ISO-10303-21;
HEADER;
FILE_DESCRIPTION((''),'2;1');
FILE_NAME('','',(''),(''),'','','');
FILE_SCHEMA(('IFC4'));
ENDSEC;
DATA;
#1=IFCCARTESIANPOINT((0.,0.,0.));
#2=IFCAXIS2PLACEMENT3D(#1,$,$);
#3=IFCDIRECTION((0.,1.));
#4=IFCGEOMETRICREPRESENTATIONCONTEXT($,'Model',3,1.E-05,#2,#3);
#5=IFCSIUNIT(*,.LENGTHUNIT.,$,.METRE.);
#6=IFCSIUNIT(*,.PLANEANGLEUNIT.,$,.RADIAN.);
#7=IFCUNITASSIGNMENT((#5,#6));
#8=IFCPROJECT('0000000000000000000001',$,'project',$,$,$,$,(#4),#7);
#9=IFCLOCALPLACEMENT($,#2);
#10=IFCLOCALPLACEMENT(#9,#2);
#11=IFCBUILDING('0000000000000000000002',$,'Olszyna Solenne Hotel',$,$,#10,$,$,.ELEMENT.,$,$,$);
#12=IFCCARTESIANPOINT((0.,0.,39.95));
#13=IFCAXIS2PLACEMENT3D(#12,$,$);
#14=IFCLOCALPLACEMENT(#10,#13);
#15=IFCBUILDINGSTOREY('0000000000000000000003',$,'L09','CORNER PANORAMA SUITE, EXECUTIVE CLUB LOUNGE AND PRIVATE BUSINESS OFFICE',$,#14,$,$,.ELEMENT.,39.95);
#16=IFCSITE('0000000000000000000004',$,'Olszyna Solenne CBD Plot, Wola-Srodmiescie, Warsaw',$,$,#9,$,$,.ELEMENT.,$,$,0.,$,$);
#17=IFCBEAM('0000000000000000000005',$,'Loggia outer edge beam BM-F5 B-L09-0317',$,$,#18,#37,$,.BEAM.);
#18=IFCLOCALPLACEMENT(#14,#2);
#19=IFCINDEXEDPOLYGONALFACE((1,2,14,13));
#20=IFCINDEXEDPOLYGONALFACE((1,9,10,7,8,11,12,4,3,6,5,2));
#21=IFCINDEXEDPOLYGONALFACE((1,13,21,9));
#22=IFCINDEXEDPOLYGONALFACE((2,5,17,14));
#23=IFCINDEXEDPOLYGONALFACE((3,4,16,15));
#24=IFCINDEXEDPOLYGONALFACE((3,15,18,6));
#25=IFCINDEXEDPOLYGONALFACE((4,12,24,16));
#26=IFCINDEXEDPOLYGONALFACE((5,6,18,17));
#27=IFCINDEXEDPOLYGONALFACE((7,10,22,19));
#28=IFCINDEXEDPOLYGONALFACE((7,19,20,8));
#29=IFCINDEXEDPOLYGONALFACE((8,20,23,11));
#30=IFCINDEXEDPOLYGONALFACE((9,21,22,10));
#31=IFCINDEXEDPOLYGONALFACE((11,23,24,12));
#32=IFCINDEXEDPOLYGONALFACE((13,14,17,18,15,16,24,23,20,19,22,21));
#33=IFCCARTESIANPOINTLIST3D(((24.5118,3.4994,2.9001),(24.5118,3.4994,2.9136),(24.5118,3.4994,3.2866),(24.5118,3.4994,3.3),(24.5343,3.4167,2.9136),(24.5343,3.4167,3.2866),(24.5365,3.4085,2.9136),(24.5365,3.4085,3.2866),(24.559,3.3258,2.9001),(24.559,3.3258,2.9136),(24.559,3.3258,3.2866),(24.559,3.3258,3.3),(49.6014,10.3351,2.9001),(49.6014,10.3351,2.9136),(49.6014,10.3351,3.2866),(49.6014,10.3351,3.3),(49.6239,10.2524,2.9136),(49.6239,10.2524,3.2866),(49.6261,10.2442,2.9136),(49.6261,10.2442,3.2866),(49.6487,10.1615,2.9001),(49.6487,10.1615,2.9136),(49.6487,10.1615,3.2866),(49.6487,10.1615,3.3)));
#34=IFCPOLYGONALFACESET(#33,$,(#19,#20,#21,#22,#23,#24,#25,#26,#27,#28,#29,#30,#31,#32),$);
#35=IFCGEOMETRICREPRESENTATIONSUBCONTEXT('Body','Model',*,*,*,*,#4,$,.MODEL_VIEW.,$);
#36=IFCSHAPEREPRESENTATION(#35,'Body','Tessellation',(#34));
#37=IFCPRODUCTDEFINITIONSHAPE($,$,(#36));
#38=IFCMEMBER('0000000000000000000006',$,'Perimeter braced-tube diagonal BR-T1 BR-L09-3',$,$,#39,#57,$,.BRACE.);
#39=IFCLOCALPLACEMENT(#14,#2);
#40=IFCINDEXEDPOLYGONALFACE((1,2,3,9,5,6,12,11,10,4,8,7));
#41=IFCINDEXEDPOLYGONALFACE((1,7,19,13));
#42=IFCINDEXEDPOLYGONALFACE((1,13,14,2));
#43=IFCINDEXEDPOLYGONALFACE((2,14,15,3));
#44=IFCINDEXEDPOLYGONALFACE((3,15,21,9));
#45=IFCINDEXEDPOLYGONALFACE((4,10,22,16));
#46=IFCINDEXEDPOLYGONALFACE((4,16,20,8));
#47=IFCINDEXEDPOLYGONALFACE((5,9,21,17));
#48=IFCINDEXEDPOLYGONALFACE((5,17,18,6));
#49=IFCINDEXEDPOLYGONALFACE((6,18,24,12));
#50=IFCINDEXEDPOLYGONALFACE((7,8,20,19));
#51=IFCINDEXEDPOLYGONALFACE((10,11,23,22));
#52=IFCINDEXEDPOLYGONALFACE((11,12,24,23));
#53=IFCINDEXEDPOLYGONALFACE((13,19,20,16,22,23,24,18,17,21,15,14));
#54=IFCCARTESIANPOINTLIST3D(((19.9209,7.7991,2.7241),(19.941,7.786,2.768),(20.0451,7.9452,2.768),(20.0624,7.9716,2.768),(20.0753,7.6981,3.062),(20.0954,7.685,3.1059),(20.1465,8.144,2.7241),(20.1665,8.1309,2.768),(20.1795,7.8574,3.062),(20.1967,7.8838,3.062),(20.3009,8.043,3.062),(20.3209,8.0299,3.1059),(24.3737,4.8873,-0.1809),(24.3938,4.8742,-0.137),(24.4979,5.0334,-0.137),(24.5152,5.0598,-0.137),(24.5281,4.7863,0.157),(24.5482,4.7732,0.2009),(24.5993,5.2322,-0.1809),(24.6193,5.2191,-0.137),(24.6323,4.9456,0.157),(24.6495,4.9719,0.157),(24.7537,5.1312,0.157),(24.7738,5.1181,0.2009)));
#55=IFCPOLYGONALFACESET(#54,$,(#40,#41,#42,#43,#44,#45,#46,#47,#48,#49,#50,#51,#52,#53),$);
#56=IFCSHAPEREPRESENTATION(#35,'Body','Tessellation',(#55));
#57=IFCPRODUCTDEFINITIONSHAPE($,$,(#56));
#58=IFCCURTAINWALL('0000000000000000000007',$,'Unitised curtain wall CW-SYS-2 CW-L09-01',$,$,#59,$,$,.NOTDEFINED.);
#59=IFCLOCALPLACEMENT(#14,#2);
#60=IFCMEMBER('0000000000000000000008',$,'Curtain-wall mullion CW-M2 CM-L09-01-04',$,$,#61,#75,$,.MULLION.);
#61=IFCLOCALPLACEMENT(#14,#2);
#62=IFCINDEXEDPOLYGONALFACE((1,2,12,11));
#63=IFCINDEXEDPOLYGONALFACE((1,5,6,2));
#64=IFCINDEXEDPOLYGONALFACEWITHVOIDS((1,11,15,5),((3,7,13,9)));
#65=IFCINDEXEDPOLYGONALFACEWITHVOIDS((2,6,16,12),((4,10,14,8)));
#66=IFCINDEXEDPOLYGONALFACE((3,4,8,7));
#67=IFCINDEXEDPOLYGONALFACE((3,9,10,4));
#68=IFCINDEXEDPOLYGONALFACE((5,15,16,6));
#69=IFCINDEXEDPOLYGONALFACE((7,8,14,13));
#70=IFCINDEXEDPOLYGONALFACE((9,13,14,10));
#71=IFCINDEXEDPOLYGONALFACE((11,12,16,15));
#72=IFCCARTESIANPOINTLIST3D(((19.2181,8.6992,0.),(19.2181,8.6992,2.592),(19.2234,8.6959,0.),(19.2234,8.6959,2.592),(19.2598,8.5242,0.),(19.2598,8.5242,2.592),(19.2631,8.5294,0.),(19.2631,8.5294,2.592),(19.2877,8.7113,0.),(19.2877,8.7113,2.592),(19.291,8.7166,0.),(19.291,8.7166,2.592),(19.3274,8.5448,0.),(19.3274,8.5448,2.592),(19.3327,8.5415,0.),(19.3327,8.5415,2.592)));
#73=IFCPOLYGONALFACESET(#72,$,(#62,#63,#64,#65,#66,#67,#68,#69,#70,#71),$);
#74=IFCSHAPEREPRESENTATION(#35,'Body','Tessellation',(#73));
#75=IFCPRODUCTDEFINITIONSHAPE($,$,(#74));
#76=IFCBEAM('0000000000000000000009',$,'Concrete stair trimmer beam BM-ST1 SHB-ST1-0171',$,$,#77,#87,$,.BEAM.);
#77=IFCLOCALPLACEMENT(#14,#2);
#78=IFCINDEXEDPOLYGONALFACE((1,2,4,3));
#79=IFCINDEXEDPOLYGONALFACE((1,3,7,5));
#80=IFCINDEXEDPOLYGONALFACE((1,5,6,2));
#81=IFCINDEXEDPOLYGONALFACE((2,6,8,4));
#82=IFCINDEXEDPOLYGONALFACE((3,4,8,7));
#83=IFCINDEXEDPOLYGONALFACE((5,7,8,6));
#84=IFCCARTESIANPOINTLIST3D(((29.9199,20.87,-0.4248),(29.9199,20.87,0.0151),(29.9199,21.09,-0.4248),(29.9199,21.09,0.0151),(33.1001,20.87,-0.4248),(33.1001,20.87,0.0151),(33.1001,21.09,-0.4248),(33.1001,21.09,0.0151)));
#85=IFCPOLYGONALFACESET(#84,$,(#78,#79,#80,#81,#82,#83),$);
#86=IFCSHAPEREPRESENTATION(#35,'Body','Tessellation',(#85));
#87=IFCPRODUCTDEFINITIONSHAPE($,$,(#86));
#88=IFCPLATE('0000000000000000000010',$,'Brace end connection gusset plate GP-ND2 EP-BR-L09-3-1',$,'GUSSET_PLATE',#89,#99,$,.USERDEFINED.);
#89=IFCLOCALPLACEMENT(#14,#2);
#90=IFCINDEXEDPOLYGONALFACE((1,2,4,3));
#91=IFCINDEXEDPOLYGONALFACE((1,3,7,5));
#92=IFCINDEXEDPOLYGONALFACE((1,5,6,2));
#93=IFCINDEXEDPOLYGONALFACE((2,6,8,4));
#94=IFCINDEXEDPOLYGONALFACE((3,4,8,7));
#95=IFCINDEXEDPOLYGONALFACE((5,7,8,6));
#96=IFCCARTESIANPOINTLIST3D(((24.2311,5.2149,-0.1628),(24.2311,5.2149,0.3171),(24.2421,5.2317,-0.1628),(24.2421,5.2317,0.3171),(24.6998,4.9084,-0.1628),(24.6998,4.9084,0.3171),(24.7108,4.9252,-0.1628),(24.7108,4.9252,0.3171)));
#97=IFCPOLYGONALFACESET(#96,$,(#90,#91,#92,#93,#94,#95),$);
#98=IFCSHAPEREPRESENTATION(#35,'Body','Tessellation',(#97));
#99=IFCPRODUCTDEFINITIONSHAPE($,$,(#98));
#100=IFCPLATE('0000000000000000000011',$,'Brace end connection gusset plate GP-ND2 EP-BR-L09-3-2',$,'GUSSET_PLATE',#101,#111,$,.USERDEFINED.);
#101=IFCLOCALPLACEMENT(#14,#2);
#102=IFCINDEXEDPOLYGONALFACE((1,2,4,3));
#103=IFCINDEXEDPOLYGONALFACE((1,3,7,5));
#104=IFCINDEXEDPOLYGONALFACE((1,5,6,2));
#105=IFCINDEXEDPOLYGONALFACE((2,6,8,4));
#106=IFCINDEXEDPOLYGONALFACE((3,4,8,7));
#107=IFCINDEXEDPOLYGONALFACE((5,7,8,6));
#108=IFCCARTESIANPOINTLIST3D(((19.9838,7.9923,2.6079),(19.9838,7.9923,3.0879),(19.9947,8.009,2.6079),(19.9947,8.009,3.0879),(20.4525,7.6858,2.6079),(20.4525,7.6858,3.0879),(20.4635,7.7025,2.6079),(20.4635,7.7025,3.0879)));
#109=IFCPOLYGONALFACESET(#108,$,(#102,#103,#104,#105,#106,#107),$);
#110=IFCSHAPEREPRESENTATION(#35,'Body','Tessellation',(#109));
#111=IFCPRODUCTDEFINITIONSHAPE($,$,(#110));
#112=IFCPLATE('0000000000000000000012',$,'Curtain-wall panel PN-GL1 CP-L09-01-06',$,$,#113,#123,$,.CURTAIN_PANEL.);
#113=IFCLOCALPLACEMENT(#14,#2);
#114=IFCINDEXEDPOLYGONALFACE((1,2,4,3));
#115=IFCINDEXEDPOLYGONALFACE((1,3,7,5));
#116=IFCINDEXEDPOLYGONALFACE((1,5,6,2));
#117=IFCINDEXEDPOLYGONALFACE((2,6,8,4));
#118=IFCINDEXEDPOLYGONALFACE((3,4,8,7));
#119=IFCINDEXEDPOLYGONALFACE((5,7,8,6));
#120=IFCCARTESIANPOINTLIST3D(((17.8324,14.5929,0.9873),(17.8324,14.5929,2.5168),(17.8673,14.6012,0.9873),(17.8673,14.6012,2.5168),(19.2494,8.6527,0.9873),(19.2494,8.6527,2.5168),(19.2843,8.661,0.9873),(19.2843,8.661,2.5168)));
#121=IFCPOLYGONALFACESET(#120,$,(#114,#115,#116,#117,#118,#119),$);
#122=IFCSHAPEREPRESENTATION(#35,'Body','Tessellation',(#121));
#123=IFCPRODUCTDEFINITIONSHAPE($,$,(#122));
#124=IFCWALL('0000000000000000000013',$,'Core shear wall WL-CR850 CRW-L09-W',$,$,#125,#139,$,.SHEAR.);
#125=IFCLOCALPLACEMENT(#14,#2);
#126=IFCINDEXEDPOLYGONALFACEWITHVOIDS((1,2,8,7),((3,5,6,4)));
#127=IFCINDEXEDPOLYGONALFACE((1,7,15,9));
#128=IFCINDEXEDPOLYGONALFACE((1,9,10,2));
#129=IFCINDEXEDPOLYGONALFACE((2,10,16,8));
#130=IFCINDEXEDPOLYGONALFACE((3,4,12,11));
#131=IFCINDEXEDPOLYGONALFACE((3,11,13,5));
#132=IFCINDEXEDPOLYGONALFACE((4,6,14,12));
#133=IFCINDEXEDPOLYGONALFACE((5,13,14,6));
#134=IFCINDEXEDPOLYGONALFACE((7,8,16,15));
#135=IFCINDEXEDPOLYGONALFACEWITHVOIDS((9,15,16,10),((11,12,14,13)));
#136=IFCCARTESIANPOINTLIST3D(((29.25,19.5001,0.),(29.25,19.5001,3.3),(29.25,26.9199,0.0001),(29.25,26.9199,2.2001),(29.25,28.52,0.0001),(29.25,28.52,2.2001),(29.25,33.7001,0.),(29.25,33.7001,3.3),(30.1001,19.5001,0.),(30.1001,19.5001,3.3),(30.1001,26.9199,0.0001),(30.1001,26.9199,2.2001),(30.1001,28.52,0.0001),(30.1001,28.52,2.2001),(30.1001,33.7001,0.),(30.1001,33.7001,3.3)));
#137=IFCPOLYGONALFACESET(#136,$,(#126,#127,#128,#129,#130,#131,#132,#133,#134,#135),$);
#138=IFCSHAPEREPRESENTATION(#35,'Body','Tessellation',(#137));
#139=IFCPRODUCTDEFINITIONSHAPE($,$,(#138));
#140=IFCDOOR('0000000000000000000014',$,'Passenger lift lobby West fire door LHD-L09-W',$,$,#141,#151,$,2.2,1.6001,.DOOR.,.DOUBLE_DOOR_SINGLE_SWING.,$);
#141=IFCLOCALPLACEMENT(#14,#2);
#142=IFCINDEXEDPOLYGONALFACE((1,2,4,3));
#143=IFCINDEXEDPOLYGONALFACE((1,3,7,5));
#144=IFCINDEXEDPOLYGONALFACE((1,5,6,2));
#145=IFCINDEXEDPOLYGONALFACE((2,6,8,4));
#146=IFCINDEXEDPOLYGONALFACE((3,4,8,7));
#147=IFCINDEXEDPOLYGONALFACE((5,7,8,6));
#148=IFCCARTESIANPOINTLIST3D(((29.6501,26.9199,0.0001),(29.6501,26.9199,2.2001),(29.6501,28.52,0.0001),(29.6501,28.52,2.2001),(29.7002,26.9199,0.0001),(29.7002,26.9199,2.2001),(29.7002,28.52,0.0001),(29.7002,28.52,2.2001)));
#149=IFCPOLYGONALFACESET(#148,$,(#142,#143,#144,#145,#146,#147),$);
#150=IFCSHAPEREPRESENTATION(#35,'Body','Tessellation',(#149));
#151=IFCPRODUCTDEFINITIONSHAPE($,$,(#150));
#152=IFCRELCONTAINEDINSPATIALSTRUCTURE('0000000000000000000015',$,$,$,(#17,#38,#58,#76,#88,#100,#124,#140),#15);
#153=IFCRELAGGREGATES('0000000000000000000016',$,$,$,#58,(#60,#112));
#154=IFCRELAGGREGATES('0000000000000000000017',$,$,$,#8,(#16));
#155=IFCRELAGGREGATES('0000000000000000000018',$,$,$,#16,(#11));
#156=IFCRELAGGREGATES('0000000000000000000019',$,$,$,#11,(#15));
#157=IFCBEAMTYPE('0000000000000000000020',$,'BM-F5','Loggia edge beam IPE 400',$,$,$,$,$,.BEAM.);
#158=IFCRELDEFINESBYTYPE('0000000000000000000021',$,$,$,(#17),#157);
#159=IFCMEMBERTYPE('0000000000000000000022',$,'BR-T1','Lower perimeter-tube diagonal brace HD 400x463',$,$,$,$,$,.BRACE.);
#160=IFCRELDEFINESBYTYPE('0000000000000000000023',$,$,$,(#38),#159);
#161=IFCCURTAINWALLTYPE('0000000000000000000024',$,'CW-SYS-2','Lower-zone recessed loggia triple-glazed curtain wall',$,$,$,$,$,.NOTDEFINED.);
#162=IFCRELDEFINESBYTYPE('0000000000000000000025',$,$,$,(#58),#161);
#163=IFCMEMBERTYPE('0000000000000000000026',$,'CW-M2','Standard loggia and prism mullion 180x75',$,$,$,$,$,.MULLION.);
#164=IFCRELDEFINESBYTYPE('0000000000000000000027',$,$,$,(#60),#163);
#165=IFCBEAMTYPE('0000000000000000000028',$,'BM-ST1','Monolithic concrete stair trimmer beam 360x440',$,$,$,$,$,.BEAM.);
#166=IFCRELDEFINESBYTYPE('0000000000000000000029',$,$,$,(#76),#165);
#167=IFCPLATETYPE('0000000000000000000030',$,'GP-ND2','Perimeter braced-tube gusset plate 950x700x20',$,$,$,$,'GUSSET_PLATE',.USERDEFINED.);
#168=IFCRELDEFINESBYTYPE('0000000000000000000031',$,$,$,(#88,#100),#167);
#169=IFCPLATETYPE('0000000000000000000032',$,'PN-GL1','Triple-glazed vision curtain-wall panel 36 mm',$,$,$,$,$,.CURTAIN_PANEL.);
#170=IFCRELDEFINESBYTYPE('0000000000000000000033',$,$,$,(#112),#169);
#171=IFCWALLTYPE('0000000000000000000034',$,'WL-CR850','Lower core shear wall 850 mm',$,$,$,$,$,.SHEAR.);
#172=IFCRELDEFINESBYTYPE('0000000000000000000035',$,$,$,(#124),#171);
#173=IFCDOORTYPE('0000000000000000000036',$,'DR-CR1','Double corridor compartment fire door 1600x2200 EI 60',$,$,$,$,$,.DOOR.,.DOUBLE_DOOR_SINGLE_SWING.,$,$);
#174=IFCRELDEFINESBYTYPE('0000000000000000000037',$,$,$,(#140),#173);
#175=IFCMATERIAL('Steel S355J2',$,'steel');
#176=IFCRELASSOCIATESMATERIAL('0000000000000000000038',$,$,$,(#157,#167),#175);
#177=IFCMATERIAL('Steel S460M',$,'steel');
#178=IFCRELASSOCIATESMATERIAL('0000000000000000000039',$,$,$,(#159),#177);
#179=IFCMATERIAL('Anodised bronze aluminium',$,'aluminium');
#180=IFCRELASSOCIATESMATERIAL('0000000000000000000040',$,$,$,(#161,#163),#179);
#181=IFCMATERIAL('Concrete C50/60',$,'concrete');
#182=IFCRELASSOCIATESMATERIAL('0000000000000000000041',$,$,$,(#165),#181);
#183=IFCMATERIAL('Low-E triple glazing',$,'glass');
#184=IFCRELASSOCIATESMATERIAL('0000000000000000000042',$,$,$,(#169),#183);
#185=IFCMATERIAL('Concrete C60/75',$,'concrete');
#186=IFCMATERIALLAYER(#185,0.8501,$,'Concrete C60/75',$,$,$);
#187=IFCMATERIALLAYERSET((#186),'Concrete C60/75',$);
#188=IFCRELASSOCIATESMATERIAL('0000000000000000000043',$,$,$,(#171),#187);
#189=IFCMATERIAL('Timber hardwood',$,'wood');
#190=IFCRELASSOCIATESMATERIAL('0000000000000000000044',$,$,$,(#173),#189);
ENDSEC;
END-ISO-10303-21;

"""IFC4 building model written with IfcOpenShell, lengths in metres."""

from ifc_helpers import new_model, si_unit, direction, frame, frame_2d, origin, origin_2d, place, context, subcontext, project, spatial, rectangle, hollow_rectangle, i_section, extrude, source, transform, mapped, material, layer, layer_set, material_profile, profile_set, type_object, type_shapes, element, fill, aggregate, save


model = new_model("IFC4")

# Units and contexts
model_context = context("Model", 3, precision=1e-05, world=origin(), true_north=direction((0.0, 1.0)))
body_context = subcontext(model_context, "Body", "Model", "MODEL_VIEW")
ifc_project = project(units=[si_unit("LENGTHUNIT", "METRE"), si_unit("PLANEANGLEUNIT", "RADIAN")], contexts=[model_context])

# Site, building, storey
site_placement = place(None, origin())
site = spatial("IfcSite", under=ifc_project, at=site_placement, Name="Olszyna Solenne CBD Plot, Wola-Srodmiescie, Warsaw", CompositionType="ELEMENT", RefElevation=0.0)
building_placement = place(site_placement, origin())
building = spatial("IfcBuilding", under=site, at=building_placement, Name="Olszyna Solenne Hotel", CompositionType="ELEMENT")
storey_placement = place(building_placement, frame((0.0, 0.0, 39.95)))
storey = spatial("IfcBuildingStorey", under=building, at=storey_placement, Name="L09", Description="CORNER PANORAMA SUITE, EXECUTIVE CLUB LOUNGE AND PRIVATE BUSINESS OFFICE", CompositionType="ELEMENT", Elevation=39.95)

# Shared definitions
ifc_material_1 = material(Name="Steel S460M", Category="steel")

# Beam
ifc_material_2 = material(Name="Steel S355J2", Category="steel")
ifc_material_profile_1 = material_profile(ifc_material_2, i_section(OverallWidth=0.1799, OverallDepth=0.3999, WebThickness=0.0085, FlangeThickness=0.0134, at=origin_2d()), Name="IPE 400", Category="load-bearing")
ifc_profile_set_1 = profile_set([ifc_material_profile_1], Name="Steel S355J2")
beam_type_1 = type_object("IfcBeamType", Name="BM-F5", Description="Loggia edge beam IPE 400", PredefinedType="BEAM", material=ifc_profile_set_1)
shared_shape_1 = source(origin(), body_context, "Body", "SweptSolid", [
    extrude(i_section(OverallWidth=0.1799, OverallDepth=0.3999, WebThickness=0.0085, FlangeThickness=0.0134, at=origin_2d()), origin(), (0.0, 0.0, 1.0), 26.0042),
])
beam_1_placement = place(storey_placement, frame((24.5354, 3.4126, 3.1001), z_axis=(0.964831, 0.26287, 0.0), x_axis=(-0.26287, 0.964831, 0.0)))
element("IfcBeam", 1, at=beam_1_placement, inside=storey, type_object=beam_type_1, Name="Loggia outer edge beam BM-F5 B-L09-0317", PredefinedType="BEAM", context=body_context, shape_type="MappedRepresentation", body=[
    mapped(shared_shape_1, transform((0.0, 0.0, 0.0), x_axis=(1.0, 0.0, 0.0), y_axis=(0.0, 1.0, 0.0), z_axis=(0.0, 0.0, 1.0), scale=1.0)),
])

# Member
ifc_material_profile_2 = material_profile(ifc_material_1, i_section(OverallWidth=0.4121, OverallDepth=0.4351, WebThickness=0.0315, FlangeThickness=0.05, at=origin_2d()), Name="HD 400x463", Category="load-bearing")
ifc_profile_set_2 = profile_set([ifc_material_profile_2], Name="Steel S460M")
member_type_1 = type_object("IfcMemberType", Name="BR-T1", Description="Lower perimeter-tube diagonal brace HD 400x463", PredefinedType="BRACE", material=ifc_profile_set_2)
shared_shape_2 = source(origin(), body_context, "Body", "SweptSolid", [
    extrude(i_section(OverallWidth=0.4121, OverallDepth=0.4351, WebThickness=0.0315, FlangeThickness=0.05, at=origin_2d()), origin(), (0.0, 0.0, 1.0), 6.0618),
])
member_1_placement = place(storey_placement, frame((24.5737, 5.0027, 0.01), z_axis=(-0.734572, 0.480357, 0.47923), x_axis=(-0.547298, -0.836938, 0.0)))
element("IfcMember", 2, at=member_1_placement, inside=storey, type_object=member_type_1, Name="Perimeter braced-tube diagonal BR-T1 BR-L09-3", PredefinedType="BRACE", context=body_context, shape_type="MappedRepresentation", body=[
    mapped(shared_shape_2, transform((0.0, 0.0, 0.0), x_axis=(1.0, 0.0, 0.0), y_axis=(0.0, 1.0, 0.0), z_axis=(0.0, 0.0, 1.0), scale=1.0)),
])

# Curtain wall, member
ifc_material_3 = material(Name="Anodised bronze aluminium", Category="aluminium")
curtain_wall_type = type_object("IfcCurtainWallType", Name="CW-SYS-2", Description="Lower-zone recessed loggia triple-glazed curtain wall", PredefinedType="NOTDEFINED", material=ifc_material_3)
curtain_wall_placement = place(storey_placement, origin())
curtain_wall = element("IfcCurtainWall", 3, at=curtain_wall_placement, inside=storey, type_object=curtain_wall_type, Name="Unitised curtain wall CW-SYS-2 CW-L09-01", PredefinedType="NOTDEFINED")
ifc_material_profile_3 = material_profile(ifc_material_3, hollow_rectangle(XDim=0.075, YDim=0.1799, WallThickness=0.0044, at=origin_2d()), Name="MULL 180x75x4.5", Category="load-bearing")
ifc_profile_set_3 = profile_set([ifc_material_profile_3], Name="Anodised bronze aluminium")
member_type_2 = type_object("IfcMemberType", Name="CW-M2", Description="Standard loggia and prism mullion 180x75", PredefinedType="MULLION", material=ifc_profile_set_3)
shared_shape_3 = source(origin(), body_context, "Body", "SweptSolid", [
    extrude(hollow_rectangle(XDim=0.075, YDim=0.1799, WallThickness=0.0044, at=origin_2d()), origin(), (0.0, 0.0, 1.0), 2.592),
])
member_2_placement = place(storey_placement, frame((19.2754, 8.6204, 0.0), z_axis=(0.0, 0.0, 1.0), x_axis=(0.972708, 0.232034, 0.0)))
member_2 = element("IfcMember", 4, at=member_2_placement, type_object=member_type_2, Name="Curtain-wall mullion CW-M2 CM-L09-01-04", PredefinedType="MULLION", context=body_context, shape_type="MappedRepresentation", body=[
    mapped(shared_shape_3, transform((0.0, 0.0, 0.0), x_axis=(1.0, 0.0, 0.0), y_axis=(0.0, 1.0, 0.0), z_axis=(0.0, 0.0, 1.0), scale=1.0)),
])

# Beam
ifc_material_4 = material(Name="Concrete C50/60", Category="concrete")
ifc_material_profile_4 = material_profile(ifc_material_4, rectangle(XDim=0.22, YDim=0.4399, at=origin_2d()), Name="RC 220x440", Category="load-bearing")
ifc_profile_set_4 = profile_set([ifc_material_profile_4], Name="Concrete C50/60")
beam_type_2 = type_object("IfcBeamType", Name="BM-ST1", Description="Monolithic concrete stair trimmer beam 360x440", PredefinedType="BEAM", material=ifc_profile_set_4)
shared_shape_4 = source(origin(), body_context, "Body", "SweptSolid", [
    extrude(rectangle(XDim=0.22, YDim=0.4399, at=origin_2d()), origin(), (0.0, 0.0, 1.0), 3.1802),
])
beam_2_placement = place(storey_placement, frame((33.1001, 20.98, -0.2048), z_axis=(-1.0, 0.0, 0.0), x_axis=(0.0, -1.0, 0.0)))
element("IfcBeam", 5, at=beam_2_placement, inside=storey, type_object=beam_type_2, Name="Concrete stair trimmer beam BM-ST1 SHB-ST1-0171", PredefinedType="BEAM", context=body_context, shape_type="MappedRepresentation", body=[
    mapped(shared_shape_4, transform((0.0, 0.0, 0.0), x_axis=(1.0, 0.0, 0.0), y_axis=(0.0, 1.0, 0.0), z_axis=(0.0, 0.0, 1.0), scale=1.0)),
])

# Plates
plate_type_1 = type_object("IfcPlateType", Name="GP-ND2", Description="Perimeter braced-tube gusset plate 950x700x20", ElementType="GUSSET_PLATE", PredefinedType="USERDEFINED", material=ifc_material_2)
shared_shape_5 = source(origin(), body_context, "Body", "SweptSolid", [
    extrude(rectangle(XDim=0.5601, YDim=0.02, at=origin_2d()), origin(), (0.0, 0.0, 1.0), 0.48),
])
for number, where, z_axis, x_axis, name in (
    (6, (24.4709, 5.0701, -0.1628), (0.0, 0.0, 1.0), (-0.836955, 0.547271, 0.0), "Brace end connection gusset plate GP-ND2 EP-BR-L09-3-1"),
    (7, (20.2236, 7.8474, 2.6079), (0.0, 0.0, 1.0), (-0.836955, 0.547271, 0.0), "Brace end connection gusset plate GP-ND2 EP-BR-L09-3-2"),
):
    element("IfcPlate", number, at=place(storey_placement, frame(where, z_axis=z_axis, x_axis=x_axis)), inside=storey, type_object=plate_type_1, Name=name, ObjectType="GUSSET_PLATE", PredefinedType="USERDEFINED", context=body_context, shape_type="MappedRepresentation", body=[
        mapped(shared_shape_5, transform((0.0, 0.0, 0.0), x_axis=(1.0, 0.0, 0.0), y_axis=(0.0, 1.0, 0.0), z_axis=(0.0, 0.0, 1.0), scale=1.0)),
    ])

# Plate
ifc_material_5 = material(Name="Low-E triple glazing", Category="glass")
plate_type_2 = type_object("IfcPlateType", Name="PN-GL1", Description="Triple-glazed vision curtain-wall panel 36 mm", PredefinedType="CURTAIN_PANEL", material=ifc_material_5)
shared_shape_6 = source(origin(), body_context, "Body", "SweptSolid", [
    extrude(rectangle(XDim=6.1069, YDim=0.0359, at=origin_2d()), origin(), (0.0, 0.0, 1.0), 1.5295),
])
plate_placement = place(storey_placement, frame((18.5583, 11.627, 0.9873), z_axis=(0.0, 0.0, 1.0), x_axis=(0.232034, -0.972708, 0.0)))
plate = element("IfcPlate", 8, at=plate_placement, type_object=plate_type_2, Name="Curtain-wall panel PN-GL1 CP-L09-01-06", PredefinedType="CURTAIN_PANEL", context=body_context, shape_type="MappedRepresentation", body=[
    mapped(shared_shape_6, transform((0.0, 0.0, 0.0), x_axis=(1.0, 0.0, 0.0), y_axis=(0.0, 1.0, 0.0), z_axis=(0.0, 0.0, 1.0), scale=1.0)),
])
aggregate(curtain_wall, [member_2, plate])

# Wall, opening, door
ifc_material_6 = material(Name="Concrete C60/75", Category="concrete")
ifc_layer_1 = layer(ifc_material_6, 0.8501, Name="Concrete C60/75")
ifc_layer_set_1 = layer_set([ifc_layer_1], Name="Concrete C60/75")
wall_type_1 = type_object("IfcWallType", Name="WL-CR850", Description="Lower core shear wall 850 mm", PredefinedType="SHEAR", material=ifc_layer_set_1)
wall_1_placement = place(storey_placement, frame((29.675, 19.5, 0.0), z_axis=(0.0, 0.0, 1.0), x_axis=(0.0, 1.0, 0.0)))
wall_1 = element("IfcWall", 9, at=wall_1_placement, inside=storey, type_object=wall_type_1, Name="Core shear wall WL-CR850 CRW-L09-W", PredefinedType="SHEAR", context=body_context, shape_type="SweptSolid", body=[
    extrude(rectangle(XDim=14.2, YDim=0.8501, at=frame_2d((7.1001, 0.0))), origin(), (0.0, 0.0, 1.0), 3.3),
])
opening_1_placement = place(wall_1_placement, frame((7.4199, 0.0, 0.0)))
opening_1 = element("IfcOpeningElement", 10, at=opening_1_placement, cuts=wall_1, PredefinedType="OPENING", context=body_context, shape_type="SweptSolid", body=[
    extrude(rectangle(XDim=1.6001, YDim=2.2, at=frame_2d((0.8, 1.1001))), frame((0.0, 0.4351, 0.0), z_axis=(0.0, -1.0, 0.0), x_axis=(1.0, 0.0, 0.0)), (0.0, 0.0, 1.0), 0.8701),
])
ifc_material_7 = material(Name="Timber hardwood", Category="wood")
door_type_1 = type_object("IfcDoorType", Name="DR-CR1", Description="Double corridor compartment fire door 1600x2200 EI 60", OperationType="DOUBLE_DOOR_SINGLE_SWING", PredefinedType="DOOR", material=ifc_material_7)
shared_shape_7 = source(origin(), body_context, "Body", "SweptSolid", [
    extrude(rectangle(XDim=1.6001, YDim=2.2, at=frame_2d((0.8, 1.1001))), frame((0.0, 0.0249, 0.0), z_axis=(0.0, -1.0, 0.0), x_axis=(1.0, 0.0, 0.0)), (0.0, 0.0, 1.0), 0.05),
])
type_shapes(door_type_1, [shared_shape_7])
door_1_placement = place(opening_1_placement, origin())
door_1 = element("IfcDoor", 11, at=door_1_placement, inside=storey, type_object=door_type_1, Name="Passenger lift lobby West fire door LHD-L09-W", OperationType="DOUBLE_DOOR_SINGLE_SWING", OverallHeight=2.2, OverallWidth=1.6001, PredefinedType="DOOR", context=body_context, shape_type="MappedRepresentation", body=[
    mapped(shared_shape_7, transform((0.0, 0.0, 0.0), x_axis=(1.0, 0.0, 0.0), y_axis=(0.0, 1.0, 0.0), z_axis=(0.0, 0.0, 1.0), scale=1.0)),
])
fill(opening_1, door_1)

save(model, "model.ifc")
